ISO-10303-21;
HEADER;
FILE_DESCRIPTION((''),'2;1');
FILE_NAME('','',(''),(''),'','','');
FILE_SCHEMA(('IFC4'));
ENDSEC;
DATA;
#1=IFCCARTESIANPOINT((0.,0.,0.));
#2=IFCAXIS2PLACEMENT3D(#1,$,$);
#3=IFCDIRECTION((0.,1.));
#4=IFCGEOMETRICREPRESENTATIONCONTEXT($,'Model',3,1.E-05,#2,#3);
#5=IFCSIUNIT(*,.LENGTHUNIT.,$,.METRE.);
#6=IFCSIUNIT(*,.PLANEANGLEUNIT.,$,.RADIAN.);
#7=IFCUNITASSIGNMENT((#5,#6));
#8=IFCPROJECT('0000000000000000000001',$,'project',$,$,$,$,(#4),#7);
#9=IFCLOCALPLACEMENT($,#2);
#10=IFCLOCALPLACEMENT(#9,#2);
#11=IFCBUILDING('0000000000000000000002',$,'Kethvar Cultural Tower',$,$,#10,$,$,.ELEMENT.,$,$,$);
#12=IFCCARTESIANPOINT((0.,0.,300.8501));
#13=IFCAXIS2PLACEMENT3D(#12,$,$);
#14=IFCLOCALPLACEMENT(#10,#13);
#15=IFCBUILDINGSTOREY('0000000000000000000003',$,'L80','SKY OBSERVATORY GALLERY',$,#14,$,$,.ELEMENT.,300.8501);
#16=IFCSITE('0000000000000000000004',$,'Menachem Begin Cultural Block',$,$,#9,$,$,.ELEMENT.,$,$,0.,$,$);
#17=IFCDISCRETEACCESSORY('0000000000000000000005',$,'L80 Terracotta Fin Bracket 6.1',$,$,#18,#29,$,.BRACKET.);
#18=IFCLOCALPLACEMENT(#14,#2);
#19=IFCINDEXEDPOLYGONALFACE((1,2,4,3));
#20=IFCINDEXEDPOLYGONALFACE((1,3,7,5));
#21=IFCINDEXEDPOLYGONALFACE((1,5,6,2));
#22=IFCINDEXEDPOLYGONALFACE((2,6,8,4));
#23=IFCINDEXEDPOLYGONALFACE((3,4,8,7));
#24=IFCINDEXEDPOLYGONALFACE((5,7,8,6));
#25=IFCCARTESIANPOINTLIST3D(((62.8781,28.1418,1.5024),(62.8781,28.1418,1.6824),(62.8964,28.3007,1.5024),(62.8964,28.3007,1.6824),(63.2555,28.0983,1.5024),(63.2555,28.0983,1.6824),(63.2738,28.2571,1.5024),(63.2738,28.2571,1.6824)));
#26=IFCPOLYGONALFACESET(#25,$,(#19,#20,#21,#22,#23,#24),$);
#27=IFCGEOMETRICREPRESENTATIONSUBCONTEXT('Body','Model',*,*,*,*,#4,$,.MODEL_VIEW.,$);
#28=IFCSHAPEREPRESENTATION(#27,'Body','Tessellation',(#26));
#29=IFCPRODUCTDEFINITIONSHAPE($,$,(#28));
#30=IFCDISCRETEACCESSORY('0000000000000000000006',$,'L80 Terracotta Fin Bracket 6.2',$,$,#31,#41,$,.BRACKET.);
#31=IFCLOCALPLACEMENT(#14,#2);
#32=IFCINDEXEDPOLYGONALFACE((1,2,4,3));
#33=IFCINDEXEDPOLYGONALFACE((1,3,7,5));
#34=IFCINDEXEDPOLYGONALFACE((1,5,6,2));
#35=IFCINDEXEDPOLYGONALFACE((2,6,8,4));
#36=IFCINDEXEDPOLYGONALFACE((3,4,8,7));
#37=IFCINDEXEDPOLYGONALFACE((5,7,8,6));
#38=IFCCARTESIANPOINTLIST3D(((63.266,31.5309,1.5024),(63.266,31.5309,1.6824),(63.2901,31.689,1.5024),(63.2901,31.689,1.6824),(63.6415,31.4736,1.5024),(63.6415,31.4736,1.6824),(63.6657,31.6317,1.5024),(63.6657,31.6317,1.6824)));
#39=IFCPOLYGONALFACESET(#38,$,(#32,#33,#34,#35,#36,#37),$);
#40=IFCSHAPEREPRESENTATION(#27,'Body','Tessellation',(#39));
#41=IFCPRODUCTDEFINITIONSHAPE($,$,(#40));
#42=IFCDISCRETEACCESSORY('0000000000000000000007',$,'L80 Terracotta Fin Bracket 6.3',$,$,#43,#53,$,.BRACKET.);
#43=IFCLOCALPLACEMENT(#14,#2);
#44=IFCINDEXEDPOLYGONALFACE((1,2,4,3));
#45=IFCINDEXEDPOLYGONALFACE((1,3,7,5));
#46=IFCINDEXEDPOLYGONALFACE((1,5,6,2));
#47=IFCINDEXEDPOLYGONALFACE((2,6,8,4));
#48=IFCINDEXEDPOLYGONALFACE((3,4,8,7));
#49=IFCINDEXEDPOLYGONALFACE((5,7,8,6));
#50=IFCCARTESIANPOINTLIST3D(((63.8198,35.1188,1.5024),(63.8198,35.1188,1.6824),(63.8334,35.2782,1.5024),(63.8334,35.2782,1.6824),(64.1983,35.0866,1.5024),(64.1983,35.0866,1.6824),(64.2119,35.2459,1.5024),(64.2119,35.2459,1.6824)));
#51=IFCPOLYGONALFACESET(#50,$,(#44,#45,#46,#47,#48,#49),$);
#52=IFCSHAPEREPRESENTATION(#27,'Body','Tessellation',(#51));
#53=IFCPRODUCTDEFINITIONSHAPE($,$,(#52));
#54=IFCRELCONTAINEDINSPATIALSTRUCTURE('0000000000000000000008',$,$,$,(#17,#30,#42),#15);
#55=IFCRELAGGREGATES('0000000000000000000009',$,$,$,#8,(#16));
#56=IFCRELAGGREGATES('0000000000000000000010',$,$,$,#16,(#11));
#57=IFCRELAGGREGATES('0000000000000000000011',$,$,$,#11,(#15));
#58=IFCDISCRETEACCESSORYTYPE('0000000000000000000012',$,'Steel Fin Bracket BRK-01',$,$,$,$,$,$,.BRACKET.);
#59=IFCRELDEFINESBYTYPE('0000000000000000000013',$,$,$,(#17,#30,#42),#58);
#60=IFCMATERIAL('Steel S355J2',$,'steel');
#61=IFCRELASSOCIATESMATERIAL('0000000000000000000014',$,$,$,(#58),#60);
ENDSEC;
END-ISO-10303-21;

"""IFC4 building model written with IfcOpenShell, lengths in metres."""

from ifc_helpers import new_model, si_unit, direction, frame, origin, origin_2d, place, context, subcontext, project, spatial, rectangle, extrude, source, transform, mapped, material, type_object, element, save


model = new_model("IFC4")

# Units and contexts
model_context = context("Model", 3, precision=1e-05, world=origin(), true_north=direction((0.0, 1.0)))
body_context = subcontext(model_context, "Body", "Model", "MODEL_VIEW")
ifc_project = project(units=[si_unit("LENGTHUNIT", "METRE"), si_unit("PLANEANGLEUNIT", "RADIAN")], contexts=[model_context])

# Site, building, storey
site_placement = place(None, origin())
site = spatial("IfcSite", under=ifc_project, at=site_placement, Name="Menachem Begin Cultural Block", CompositionType="ELEMENT", RefElevation=0.0)
building_placement = place(site_placement, origin())
building = spatial("IfcBuilding", under=site, at=building_placement, Name="Kethvar Cultural Tower", CompositionType="ELEMENT")
storey_placement = place(building_placement, frame((0.0, 0.0, 300.8501)))
storey = spatial("IfcBuildingStorey", under=building, at=storey_placement, Name="L80", Description="SKY OBSERVATORY GALLERY", CompositionType="ELEMENT", Elevation=300.8501)

# Shared definitions
ifc_material_1 = material(Name="Steel S355J2", Category="steel")

# Discrete accessories
discrete_accessory_type = type_object("IfcDiscreteAccessoryType", Name="Steel Fin Bracket BRK-01", PredefinedType="BRACKET", material=ifc_material_1)
shared_shape_1 = source(origin(), body_context, "Body", "SweptSolid", [
    extrude(rectangle(XDim=0.3799, YDim=0.1599, at=origin_2d()), origin(), (0.0, 0.0, 1.0), 0.1799),
])
for number, where, z_axis, x_axis, name in (
    (1, (63.0759, 28.1995, 1.5024), (0.0, 0.0, 1.0), (0.993413, -0.11459, 0.0), "L80 Terracotta Fin Bracket 6.1"),
    (2, (63.4658, 31.5813, 1.5024), (0.0, 0.0, 1.0), (0.988547, -0.150916, 0.0), "L80 Terracotta Fin Bracket 6.2"),
    (3, (64.0159, 35.1824, 1.5024), (0.0, 0.0, 1.0), (0.99639, -0.084895, 0.0), "L80 Terracotta Fin Bracket 6.3"),
):
    element("IfcDiscreteAccessory", number, at=place(storey_placement, frame(where, z_axis=z_axis, x_axis=x_axis)), inside=storey, type_object=discrete_accessory_type, Name=name, PredefinedType="BRACKET", context=body_context, shape_type="MappedRepresentation", body=[
        mapped(shared_shape_1, transform((0.0, 0.0, 0.0), scale=1.0)),
    ])

save(model, "model.ifc")
